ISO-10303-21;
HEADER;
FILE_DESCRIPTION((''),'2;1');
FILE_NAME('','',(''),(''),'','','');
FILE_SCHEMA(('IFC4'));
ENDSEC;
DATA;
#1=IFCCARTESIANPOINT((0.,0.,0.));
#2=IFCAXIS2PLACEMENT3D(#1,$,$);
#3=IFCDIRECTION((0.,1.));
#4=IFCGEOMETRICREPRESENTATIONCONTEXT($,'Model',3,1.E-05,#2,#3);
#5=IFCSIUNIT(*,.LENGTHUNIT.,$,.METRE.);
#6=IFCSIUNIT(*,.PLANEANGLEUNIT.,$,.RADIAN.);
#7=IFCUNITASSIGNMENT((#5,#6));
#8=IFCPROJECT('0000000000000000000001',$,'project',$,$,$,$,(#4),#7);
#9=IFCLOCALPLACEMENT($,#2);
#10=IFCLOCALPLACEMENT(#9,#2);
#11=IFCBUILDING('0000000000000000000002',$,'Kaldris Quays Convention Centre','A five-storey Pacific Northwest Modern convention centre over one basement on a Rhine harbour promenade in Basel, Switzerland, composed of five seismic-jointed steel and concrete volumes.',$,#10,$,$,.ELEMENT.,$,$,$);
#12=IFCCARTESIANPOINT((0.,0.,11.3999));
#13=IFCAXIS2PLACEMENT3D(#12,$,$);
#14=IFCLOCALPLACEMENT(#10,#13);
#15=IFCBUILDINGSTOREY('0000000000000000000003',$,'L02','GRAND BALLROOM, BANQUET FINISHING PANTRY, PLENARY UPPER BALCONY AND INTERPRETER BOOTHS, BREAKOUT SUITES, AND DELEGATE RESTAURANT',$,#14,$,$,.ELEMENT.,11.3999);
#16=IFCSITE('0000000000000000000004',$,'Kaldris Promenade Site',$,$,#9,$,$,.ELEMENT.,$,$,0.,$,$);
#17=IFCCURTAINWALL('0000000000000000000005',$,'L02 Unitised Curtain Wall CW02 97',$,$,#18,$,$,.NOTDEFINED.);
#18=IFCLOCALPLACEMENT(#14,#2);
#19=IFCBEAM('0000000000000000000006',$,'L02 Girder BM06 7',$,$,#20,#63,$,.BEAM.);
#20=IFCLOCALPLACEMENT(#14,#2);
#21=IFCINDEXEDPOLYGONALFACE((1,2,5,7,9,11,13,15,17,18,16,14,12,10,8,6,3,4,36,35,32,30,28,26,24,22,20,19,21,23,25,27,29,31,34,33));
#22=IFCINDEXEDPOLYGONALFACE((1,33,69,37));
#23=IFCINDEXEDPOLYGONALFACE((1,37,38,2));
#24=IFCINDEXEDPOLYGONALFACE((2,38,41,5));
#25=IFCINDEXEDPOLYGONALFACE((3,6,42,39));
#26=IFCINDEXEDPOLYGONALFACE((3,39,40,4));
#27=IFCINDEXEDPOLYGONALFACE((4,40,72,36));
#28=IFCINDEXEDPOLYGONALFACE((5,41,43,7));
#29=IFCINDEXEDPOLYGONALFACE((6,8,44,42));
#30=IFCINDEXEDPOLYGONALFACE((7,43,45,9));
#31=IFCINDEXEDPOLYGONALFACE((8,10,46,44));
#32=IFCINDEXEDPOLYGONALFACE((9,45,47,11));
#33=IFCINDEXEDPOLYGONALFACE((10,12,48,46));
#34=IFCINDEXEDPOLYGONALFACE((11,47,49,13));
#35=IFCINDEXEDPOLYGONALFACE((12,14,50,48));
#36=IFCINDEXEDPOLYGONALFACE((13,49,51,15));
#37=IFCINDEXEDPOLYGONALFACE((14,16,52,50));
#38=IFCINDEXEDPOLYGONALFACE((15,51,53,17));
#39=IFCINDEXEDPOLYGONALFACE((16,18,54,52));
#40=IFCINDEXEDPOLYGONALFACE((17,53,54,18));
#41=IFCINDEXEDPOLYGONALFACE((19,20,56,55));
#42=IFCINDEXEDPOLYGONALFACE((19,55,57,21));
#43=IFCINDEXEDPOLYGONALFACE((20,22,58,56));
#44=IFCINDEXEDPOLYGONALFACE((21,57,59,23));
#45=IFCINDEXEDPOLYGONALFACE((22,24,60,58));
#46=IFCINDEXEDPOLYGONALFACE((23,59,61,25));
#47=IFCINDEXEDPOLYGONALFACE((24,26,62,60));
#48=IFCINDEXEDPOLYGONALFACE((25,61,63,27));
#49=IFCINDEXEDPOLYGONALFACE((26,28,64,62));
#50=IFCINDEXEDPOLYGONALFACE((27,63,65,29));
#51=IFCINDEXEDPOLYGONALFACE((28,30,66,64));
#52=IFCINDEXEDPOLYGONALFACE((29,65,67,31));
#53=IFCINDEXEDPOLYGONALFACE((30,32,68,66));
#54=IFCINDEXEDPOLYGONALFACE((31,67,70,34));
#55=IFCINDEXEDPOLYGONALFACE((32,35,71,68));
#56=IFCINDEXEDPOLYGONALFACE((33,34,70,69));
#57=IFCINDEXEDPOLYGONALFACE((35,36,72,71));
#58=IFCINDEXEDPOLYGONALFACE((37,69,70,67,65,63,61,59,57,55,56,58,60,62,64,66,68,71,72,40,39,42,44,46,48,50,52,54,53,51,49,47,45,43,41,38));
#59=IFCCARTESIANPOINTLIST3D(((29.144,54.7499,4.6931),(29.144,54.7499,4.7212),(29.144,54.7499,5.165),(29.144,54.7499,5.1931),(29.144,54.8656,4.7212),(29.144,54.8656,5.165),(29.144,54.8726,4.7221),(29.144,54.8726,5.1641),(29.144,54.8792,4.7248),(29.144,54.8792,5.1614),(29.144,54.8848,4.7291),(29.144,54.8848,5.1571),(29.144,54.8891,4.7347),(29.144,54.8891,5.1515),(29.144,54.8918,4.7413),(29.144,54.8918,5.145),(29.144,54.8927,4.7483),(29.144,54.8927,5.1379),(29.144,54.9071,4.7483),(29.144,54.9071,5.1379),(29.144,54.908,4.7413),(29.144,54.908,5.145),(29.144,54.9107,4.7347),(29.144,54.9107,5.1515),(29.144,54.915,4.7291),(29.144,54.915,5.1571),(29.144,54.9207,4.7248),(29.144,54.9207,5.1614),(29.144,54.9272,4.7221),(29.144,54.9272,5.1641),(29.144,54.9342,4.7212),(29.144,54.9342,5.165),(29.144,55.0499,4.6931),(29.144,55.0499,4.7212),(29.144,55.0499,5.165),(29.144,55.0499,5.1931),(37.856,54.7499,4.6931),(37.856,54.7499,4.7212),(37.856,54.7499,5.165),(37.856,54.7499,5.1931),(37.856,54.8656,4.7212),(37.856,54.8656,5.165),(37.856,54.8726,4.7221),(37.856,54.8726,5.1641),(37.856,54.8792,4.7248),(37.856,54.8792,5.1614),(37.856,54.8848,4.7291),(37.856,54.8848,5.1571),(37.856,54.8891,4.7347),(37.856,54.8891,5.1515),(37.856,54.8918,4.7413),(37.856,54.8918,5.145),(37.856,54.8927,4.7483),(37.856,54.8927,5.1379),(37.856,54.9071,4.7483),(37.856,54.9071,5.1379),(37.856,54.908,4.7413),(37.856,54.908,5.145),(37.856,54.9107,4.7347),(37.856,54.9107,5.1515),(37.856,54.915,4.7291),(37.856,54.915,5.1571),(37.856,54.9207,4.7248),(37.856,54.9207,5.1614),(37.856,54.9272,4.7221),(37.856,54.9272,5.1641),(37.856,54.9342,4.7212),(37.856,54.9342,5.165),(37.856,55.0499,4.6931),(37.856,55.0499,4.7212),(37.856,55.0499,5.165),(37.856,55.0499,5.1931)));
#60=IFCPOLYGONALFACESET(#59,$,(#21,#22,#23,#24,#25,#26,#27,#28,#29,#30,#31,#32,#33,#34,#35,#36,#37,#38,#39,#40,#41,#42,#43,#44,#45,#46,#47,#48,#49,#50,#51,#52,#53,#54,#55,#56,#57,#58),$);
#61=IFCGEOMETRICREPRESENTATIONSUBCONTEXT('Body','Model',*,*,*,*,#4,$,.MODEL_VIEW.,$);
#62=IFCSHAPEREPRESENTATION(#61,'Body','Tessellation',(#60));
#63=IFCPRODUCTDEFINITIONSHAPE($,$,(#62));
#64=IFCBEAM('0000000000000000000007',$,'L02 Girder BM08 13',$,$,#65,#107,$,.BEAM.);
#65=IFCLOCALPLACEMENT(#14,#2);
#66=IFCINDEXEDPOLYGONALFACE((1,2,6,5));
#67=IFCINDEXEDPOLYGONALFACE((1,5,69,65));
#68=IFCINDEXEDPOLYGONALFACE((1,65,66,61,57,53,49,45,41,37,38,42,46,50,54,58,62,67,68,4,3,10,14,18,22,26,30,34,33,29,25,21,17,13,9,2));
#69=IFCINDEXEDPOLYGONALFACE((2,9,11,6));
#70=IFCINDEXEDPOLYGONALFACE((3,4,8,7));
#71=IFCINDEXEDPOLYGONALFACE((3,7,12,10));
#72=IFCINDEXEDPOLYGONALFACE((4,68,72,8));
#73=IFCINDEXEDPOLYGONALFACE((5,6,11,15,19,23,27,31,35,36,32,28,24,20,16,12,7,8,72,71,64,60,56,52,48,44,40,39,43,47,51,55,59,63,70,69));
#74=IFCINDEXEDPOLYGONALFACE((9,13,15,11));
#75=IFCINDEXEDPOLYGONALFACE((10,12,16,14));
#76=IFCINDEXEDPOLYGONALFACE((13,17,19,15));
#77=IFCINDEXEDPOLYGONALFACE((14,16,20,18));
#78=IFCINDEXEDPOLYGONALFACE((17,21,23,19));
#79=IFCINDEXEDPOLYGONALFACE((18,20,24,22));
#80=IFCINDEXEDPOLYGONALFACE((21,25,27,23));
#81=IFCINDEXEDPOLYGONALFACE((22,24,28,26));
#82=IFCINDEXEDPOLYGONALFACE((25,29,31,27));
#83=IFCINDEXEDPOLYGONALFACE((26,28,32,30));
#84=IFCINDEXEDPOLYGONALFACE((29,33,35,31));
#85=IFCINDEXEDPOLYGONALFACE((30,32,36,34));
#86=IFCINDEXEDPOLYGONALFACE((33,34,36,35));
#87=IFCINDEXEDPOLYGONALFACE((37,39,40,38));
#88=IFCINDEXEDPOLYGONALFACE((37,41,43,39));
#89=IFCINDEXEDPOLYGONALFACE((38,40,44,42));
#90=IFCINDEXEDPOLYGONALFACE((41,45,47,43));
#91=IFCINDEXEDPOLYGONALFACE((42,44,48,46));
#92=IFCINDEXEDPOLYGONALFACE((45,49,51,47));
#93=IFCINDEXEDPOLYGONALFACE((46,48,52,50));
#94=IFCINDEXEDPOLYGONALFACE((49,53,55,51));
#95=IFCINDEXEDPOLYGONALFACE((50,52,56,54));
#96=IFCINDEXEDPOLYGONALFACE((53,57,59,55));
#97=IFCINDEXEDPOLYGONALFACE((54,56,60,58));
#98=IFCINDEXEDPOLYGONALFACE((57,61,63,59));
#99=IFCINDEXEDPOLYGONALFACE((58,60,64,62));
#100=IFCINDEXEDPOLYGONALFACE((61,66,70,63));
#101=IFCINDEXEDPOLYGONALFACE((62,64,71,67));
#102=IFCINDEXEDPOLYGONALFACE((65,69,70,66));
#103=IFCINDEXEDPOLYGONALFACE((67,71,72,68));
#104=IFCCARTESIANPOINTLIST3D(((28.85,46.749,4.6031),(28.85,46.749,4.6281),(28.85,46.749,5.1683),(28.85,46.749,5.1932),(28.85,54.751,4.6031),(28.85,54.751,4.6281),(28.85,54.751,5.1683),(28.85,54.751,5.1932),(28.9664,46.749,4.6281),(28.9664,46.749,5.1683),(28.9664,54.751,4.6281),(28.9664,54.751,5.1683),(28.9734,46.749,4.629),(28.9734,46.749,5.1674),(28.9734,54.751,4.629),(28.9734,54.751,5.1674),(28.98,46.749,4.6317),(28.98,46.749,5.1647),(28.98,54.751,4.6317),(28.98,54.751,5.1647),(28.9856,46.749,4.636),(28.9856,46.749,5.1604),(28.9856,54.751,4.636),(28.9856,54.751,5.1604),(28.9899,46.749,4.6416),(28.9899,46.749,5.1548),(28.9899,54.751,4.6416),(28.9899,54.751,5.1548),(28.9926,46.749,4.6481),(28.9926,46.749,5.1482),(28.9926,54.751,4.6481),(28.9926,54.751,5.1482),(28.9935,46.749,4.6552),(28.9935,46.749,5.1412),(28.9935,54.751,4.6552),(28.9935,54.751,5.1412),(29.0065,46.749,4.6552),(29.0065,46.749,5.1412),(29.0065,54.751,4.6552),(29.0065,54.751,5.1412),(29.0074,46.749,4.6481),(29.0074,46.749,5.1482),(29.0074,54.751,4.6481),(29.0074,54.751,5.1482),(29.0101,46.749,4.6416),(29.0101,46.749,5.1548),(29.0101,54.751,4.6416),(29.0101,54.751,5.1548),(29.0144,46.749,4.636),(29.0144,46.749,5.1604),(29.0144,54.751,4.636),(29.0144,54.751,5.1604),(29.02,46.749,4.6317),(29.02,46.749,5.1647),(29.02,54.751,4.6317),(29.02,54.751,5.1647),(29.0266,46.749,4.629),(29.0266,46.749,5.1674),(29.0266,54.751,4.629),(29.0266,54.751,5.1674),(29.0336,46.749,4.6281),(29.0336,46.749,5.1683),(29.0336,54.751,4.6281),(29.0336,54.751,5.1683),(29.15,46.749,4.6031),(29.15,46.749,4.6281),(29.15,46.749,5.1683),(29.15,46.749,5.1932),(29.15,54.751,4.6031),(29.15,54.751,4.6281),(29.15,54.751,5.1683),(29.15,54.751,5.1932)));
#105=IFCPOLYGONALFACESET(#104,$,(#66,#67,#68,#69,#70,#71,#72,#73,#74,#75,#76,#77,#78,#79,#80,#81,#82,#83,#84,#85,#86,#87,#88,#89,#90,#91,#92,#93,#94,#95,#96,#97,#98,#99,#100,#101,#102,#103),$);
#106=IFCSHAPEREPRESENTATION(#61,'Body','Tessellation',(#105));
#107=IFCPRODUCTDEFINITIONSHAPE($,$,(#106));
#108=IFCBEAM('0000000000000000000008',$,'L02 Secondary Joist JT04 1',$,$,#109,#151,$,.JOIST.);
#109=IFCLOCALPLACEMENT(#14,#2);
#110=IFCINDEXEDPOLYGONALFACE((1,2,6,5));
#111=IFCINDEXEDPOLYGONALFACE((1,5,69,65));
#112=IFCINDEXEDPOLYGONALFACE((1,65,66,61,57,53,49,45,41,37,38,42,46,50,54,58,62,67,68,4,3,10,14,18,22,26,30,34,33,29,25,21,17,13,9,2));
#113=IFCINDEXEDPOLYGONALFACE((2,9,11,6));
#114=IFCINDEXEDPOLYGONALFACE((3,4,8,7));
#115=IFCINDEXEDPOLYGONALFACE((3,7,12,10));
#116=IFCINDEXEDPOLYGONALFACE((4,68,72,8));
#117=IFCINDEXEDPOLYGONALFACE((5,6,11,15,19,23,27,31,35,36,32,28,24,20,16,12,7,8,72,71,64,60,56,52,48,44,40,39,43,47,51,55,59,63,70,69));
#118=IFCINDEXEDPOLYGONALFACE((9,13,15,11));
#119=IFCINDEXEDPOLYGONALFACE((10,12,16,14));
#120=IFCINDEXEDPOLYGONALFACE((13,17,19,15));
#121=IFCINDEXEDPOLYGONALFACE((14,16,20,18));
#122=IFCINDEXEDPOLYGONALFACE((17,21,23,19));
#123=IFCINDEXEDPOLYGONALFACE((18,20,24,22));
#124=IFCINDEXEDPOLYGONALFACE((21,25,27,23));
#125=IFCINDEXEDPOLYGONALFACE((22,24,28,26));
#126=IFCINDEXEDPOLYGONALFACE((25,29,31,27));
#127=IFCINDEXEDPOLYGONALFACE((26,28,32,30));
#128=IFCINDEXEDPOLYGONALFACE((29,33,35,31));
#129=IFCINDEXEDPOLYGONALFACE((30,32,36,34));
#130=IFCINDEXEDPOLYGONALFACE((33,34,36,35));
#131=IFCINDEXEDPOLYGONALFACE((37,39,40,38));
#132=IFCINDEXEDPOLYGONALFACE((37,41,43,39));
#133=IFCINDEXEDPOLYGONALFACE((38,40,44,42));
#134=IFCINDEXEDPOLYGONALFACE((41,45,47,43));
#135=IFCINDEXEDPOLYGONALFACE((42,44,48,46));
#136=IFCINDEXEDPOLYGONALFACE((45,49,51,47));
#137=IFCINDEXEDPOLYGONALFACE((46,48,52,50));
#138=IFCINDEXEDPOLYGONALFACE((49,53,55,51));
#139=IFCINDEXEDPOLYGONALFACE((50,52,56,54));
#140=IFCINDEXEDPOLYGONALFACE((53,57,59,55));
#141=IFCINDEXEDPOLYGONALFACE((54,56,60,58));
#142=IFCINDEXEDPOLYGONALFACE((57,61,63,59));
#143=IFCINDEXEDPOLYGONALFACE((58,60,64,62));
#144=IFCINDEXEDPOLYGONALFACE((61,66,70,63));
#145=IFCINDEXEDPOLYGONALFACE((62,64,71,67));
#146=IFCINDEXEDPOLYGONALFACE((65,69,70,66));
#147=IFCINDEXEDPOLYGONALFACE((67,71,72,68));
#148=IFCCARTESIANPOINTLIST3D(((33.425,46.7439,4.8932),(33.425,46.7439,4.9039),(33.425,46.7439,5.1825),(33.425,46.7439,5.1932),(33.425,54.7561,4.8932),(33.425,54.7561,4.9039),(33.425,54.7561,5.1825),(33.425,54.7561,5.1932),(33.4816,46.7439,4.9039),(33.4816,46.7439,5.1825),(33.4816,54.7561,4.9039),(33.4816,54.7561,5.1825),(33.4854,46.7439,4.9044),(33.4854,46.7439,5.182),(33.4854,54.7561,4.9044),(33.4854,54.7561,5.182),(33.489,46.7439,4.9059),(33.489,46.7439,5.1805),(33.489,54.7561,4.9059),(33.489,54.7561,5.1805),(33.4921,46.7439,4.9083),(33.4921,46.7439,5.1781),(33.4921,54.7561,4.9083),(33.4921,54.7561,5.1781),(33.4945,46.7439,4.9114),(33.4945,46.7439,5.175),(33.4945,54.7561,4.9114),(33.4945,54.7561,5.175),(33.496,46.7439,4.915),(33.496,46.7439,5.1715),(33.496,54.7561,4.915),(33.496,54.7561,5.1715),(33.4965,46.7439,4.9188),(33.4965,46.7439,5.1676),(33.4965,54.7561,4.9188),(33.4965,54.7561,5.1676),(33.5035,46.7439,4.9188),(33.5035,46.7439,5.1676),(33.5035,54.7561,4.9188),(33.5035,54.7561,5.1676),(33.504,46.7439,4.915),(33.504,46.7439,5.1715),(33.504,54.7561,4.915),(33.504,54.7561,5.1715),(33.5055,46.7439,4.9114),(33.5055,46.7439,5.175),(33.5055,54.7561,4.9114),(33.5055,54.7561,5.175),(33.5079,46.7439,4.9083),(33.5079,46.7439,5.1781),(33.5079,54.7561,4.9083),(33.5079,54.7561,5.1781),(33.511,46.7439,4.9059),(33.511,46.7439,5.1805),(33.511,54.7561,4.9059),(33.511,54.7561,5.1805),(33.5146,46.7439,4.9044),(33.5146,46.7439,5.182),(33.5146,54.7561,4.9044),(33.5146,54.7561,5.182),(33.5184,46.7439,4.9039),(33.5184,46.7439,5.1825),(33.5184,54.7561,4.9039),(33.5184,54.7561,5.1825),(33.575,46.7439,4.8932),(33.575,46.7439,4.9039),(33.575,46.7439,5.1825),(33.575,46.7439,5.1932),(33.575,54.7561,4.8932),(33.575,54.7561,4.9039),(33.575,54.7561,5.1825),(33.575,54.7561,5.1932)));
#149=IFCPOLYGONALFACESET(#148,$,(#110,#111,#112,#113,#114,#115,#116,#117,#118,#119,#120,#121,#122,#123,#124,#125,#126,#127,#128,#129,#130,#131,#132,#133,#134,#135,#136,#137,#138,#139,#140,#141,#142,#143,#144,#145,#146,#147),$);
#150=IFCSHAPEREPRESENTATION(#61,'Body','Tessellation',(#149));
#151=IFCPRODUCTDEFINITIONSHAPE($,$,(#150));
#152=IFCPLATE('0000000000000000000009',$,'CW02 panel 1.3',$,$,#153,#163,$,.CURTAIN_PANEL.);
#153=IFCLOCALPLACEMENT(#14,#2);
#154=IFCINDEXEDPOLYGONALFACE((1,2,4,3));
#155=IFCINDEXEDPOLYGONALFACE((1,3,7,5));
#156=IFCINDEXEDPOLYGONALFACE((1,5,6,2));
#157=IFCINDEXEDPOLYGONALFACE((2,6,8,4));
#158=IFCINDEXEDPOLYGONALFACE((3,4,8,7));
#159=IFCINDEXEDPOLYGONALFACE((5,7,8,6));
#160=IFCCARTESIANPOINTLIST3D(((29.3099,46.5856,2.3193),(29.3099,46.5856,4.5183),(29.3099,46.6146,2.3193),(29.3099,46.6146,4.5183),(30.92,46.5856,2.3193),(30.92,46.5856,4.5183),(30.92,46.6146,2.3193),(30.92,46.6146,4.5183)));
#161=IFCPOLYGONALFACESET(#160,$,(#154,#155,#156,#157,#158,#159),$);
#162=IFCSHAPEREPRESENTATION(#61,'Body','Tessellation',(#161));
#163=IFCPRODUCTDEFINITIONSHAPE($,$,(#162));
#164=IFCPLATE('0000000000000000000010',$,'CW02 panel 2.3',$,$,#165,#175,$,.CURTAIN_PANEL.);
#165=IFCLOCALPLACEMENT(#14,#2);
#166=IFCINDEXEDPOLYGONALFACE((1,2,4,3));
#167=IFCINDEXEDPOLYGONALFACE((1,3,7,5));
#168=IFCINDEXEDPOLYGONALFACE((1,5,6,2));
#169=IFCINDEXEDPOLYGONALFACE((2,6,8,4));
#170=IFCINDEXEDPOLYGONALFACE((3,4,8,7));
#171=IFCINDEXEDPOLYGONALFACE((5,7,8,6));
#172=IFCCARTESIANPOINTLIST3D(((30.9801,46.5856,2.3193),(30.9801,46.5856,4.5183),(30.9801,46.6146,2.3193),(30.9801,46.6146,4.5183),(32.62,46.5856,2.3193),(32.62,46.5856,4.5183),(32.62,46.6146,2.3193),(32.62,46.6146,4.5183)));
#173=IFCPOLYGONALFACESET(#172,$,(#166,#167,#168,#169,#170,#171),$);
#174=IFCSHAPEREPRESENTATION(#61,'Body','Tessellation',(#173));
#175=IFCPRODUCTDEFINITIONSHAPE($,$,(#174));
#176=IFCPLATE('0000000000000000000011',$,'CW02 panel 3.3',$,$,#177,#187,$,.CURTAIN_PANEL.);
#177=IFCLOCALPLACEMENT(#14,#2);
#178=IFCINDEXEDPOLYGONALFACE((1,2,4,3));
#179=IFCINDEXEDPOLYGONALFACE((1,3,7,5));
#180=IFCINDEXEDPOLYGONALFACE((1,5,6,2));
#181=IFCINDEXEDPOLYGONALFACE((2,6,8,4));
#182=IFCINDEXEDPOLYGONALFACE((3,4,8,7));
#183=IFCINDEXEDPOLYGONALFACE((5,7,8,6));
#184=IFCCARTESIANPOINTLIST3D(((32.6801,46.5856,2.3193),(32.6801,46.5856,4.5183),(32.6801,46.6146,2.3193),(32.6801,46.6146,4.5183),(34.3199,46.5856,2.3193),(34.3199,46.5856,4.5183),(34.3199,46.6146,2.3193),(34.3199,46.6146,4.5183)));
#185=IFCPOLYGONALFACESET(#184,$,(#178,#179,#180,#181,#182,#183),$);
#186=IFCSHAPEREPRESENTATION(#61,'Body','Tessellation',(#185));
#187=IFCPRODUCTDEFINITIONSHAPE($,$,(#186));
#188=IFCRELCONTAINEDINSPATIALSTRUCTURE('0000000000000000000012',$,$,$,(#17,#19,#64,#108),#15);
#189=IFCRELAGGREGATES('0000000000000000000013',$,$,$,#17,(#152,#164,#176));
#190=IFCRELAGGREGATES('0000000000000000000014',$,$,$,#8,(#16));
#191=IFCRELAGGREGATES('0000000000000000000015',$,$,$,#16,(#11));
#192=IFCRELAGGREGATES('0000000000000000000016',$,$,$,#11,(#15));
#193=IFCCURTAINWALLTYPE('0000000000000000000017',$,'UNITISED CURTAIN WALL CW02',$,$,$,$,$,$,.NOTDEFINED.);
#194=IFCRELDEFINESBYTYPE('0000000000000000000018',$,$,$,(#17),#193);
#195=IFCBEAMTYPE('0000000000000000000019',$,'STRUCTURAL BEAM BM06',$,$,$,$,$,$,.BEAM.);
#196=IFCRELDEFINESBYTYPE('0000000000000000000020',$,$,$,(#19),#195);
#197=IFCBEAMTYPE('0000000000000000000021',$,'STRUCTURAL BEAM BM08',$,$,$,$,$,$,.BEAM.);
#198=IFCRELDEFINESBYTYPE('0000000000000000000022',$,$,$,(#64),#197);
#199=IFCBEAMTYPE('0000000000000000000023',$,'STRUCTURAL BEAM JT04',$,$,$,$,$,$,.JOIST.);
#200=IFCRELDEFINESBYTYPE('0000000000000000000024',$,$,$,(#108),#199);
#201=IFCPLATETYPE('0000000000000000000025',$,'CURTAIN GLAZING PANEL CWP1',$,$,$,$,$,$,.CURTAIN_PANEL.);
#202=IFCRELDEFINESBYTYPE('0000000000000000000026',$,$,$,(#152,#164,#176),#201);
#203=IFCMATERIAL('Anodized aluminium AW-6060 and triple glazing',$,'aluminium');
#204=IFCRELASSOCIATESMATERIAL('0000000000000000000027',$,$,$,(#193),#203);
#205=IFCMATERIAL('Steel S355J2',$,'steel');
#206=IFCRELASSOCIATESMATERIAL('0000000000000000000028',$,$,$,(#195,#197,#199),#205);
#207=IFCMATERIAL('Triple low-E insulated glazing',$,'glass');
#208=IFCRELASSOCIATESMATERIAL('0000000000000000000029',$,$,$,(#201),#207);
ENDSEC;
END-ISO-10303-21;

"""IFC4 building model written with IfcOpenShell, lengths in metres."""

from ifc_helpers import new_model, si_unit, direction, frame, origin, origin_2d, place, context, subcontext, project, spatial, rectangle, i_section, extrude, material, material_profile, profile_set, type_object, element, aggregate, save


model = new_model("IFC4")

# Units and contexts
model_context = context("Model", 3, precision=1e-05, world=origin(), true_north=direction((0.0, 1.0)))
body_context = subcontext(model_context, "Body", "Model", "MODEL_VIEW")
ifc_project = project(units=[si_unit("LENGTHUNIT", "METRE"), si_unit("PLANEANGLEUNIT", "RADIAN")], contexts=[model_context])

# Site, building, storey
site_placement = place(None, origin())
site = spatial("IfcSite", under=ifc_project, at=site_placement, Name="Kaldris Promenade Site", CompositionType="ELEMENT", RefElevation=0.0)
building_placement = place(site_placement, origin())
building = spatial("IfcBuilding", under=site, at=building_placement, Name="Kaldris Quays Convention Centre", Description="A five-storey Pacific Northwest Modern convention centre over one basement on a Rhine harbour promenade in Basel, Switzerland, composed of five seismic-jointed steel and concrete volumes.", CompositionType="ELEMENT")
storey_placement = place(building_placement, frame((0.0, 0.0, 11.3999)))
storey = spatial("IfcBuildingStorey", under=building, at=storey_placement, Name="L02", Description="GRAND BALLROOM, BANQUET FINISHING PANTRY, PLENARY UPPER BALCONY AND INTERPRETER BOOTHS, BREAKOUT SUITES, AND DELEGATE RESTAURANT", CompositionType="ELEMENT", Elevation=11.3999)

# Curtain wall
ifc_material_1 = material(Name="Anodized aluminium AW-6060 and triple glazing", Category="aluminium")
curtain_wall_type = type_object("IfcCurtainWallType", Name="UNITISED CURTAIN WALL CW02", PredefinedType="NOTDEFINED", material=ifc_material_1)
curtain_wall_1_placement = place(storey_placement, origin())
curtain_wall_1 = element("IfcCurtainWall", 1, at=curtain_wall_1_placement, inside=storey, type_object=curtain_wall_type, Name="L02 Unitised Curtain Wall CW02 97", PredefinedType="NOTDEFINED")

# Beams
ifc_material_2 = material(Name="Steel S355J2", Category="steel")
ifc_material_profile_1 = material_profile(ifc_material_2, i_section(OverallWidth=0.3, OverallDepth=0.5, WebThickness=0.0144, FlangeThickness=0.0281, FilletRadius=0.0271, at=origin_2d()), Name="HEB 500")
ifc_profile_set_1 = profile_set([ifc_material_profile_1], Name="Steel S355J2")
beam_type_1 = type_object("IfcBeamType", Name="STRUCTURAL BEAM BM06", PredefinedType="BEAM", material=ifc_profile_set_1)
for number, where, z_axis, x_axis, name in (
    (2, (29.144, 54.8999, 4.9431), (1.0, 0.0, 0.0), (0.0, 1.0, 0.0), "L02 Girder BM06 7"),
):
    element("IfcBeam", number, at=place(storey_placement, frame(where, z_axis=z_axis, x_axis=x_axis)), inside=storey, type_object=beam_type_1, Name=name, PredefinedType="BEAM", context=body_context, shape_type="SweptSolid", body=[
        extrude(i_section(OverallWidth=0.3, OverallDepth=0.5, WebThickness=0.0144, FlangeThickness=0.0281, FilletRadius=0.0271, at=origin_2d()), origin(), (0.0, 0.0, 1.0), 8.7119),
    ])
ifc_material_profile_2 = material_profile(ifc_material_2, i_section(OverallWidth=0.3, OverallDepth=0.5901, WebThickness=0.0129, FlangeThickness=0.0249, FilletRadius=0.0271, at=origin_2d()), Name="HEA 600")
ifc_profile_set_2 = profile_set([ifc_material_profile_2], Name="Steel S355J2")
beam_type_2 = type_object("IfcBeamType", Name="STRUCTURAL BEAM BM08", PredefinedType="BEAM", material=ifc_profile_set_2)
beam_1_placement = place(storey_placement, frame((29.0, 46.749, 4.8982), z_axis=(0.0, 1.0, 0.0), x_axis=(-1.0, 0.0, 0.0)))
element("IfcBeam", 3, at=beam_1_placement, inside=storey, type_object=beam_type_2, Name="L02 Girder BM08 13", PredefinedType="BEAM", context=body_context, shape_type="SweptSolid", body=[
    extrude(i_section(OverallWidth=0.3, OverallDepth=0.5901, WebThickness=0.0129, FlangeThickness=0.0249, FilletRadius=0.0271, at=origin_2d()), origin(), (0.0, 0.0, 1.0), 8.002),
])
ifc_material_profile_3 = material_profile(ifc_material_2, i_section(OverallWidth=0.1499, OverallDepth=0.3, WebThickness=0.0071, FlangeThickness=0.0107, FilletRadius=0.0149, at=origin_2d()), Name="IPE 300")
ifc_profile_set_3 = profile_set([ifc_material_profile_3], Name="Steel S355J2")
beam_type_3 = type_object("IfcBeamType", Name="STRUCTURAL BEAM JT04", PredefinedType="JOIST", material=ifc_profile_set_3)
beam_2_placement = place(storey_placement, frame((33.5, 46.7439, 5.0432), z_axis=(0.0, 1.0, 0.0), x_axis=(-1.0, 0.0, 0.0)))
element("IfcBeam", 4, at=beam_2_placement, inside=storey, type_object=beam_type_3, Name="L02 Secondary Joist JT04 1", PredefinedType="JOIST", context=body_context, shape_type="SweptSolid", body=[
    extrude(i_section(OverallWidth=0.1499, OverallDepth=0.3, WebThickness=0.0071, FlangeThickness=0.0107, FilletRadius=0.0149, at=origin_2d()), origin(), (0.0, 0.0, 1.0), 8.0122),
])

# Plates
ifc_material_3 = material(Name="Triple low-E insulated glazing", Category="glass")
plate_type_1 = type_object("IfcPlateType", Name="CURTAIN GLAZING PANEL CWP1", PredefinedType="CURTAIN_PANEL", material=ifc_material_3)
plate_1_placement = place(storey_placement, frame((30.115, 46.6001, 2.3193), z_axis=(0.0, 0.0, 1.0), x_axis=(1.0, 0.0, 0.0)))
plate_1 = element("IfcPlate", 5, at=plate_1_placement, type_object=plate_type_1, Name="CW02 panel 1.3", PredefinedType="CURTAIN_PANEL", context=body_context, shape_type="SweptSolid", body=[
    extrude(rectangle(XDim=1.6101, YDim=0.0291, at=origin_2d()), origin(), (0.0, 0.0, 1.0), 2.199),
])
plate_2_placement = place(storey_placement, frame((31.8, 46.6001, 2.3193), z_axis=(0.0, 0.0, 1.0), x_axis=(1.0, 0.0, 0.0)))
plate_2 = element("IfcPlate", 6, at=plate_2_placement, type_object=plate_type_1, Name="CW02 panel 2.3", PredefinedType="CURTAIN_PANEL", context=body_context, shape_type="SweptSolid", body=[
    extrude(rectangle(XDim=1.6399, YDim=0.0291, at=origin_2d()), origin(), (0.0, 0.0, 1.0), 2.199),
])
plate_3_placement = place(storey_placement, frame((33.5, 46.6001, 2.3193), z_axis=(0.0, 0.0, 1.0), x_axis=(1.0, 0.0, 0.0)))
plate_3 = element("IfcPlate", 7, at=plate_3_placement, type_object=plate_type_1, Name="CW02 panel 3.3", PredefinedType="CURTAIN_PANEL", context=body_context, shape_type="SweptSolid", body=[
    extrude(rectangle(XDim=1.6399, YDim=0.0291, at=origin_2d()), origin(), (0.0, 0.0, 1.0), 2.199),
])
aggregate(curtain_wall_1, [plate_1, plate_2, plate_3])

save(model, "model.ifc")
